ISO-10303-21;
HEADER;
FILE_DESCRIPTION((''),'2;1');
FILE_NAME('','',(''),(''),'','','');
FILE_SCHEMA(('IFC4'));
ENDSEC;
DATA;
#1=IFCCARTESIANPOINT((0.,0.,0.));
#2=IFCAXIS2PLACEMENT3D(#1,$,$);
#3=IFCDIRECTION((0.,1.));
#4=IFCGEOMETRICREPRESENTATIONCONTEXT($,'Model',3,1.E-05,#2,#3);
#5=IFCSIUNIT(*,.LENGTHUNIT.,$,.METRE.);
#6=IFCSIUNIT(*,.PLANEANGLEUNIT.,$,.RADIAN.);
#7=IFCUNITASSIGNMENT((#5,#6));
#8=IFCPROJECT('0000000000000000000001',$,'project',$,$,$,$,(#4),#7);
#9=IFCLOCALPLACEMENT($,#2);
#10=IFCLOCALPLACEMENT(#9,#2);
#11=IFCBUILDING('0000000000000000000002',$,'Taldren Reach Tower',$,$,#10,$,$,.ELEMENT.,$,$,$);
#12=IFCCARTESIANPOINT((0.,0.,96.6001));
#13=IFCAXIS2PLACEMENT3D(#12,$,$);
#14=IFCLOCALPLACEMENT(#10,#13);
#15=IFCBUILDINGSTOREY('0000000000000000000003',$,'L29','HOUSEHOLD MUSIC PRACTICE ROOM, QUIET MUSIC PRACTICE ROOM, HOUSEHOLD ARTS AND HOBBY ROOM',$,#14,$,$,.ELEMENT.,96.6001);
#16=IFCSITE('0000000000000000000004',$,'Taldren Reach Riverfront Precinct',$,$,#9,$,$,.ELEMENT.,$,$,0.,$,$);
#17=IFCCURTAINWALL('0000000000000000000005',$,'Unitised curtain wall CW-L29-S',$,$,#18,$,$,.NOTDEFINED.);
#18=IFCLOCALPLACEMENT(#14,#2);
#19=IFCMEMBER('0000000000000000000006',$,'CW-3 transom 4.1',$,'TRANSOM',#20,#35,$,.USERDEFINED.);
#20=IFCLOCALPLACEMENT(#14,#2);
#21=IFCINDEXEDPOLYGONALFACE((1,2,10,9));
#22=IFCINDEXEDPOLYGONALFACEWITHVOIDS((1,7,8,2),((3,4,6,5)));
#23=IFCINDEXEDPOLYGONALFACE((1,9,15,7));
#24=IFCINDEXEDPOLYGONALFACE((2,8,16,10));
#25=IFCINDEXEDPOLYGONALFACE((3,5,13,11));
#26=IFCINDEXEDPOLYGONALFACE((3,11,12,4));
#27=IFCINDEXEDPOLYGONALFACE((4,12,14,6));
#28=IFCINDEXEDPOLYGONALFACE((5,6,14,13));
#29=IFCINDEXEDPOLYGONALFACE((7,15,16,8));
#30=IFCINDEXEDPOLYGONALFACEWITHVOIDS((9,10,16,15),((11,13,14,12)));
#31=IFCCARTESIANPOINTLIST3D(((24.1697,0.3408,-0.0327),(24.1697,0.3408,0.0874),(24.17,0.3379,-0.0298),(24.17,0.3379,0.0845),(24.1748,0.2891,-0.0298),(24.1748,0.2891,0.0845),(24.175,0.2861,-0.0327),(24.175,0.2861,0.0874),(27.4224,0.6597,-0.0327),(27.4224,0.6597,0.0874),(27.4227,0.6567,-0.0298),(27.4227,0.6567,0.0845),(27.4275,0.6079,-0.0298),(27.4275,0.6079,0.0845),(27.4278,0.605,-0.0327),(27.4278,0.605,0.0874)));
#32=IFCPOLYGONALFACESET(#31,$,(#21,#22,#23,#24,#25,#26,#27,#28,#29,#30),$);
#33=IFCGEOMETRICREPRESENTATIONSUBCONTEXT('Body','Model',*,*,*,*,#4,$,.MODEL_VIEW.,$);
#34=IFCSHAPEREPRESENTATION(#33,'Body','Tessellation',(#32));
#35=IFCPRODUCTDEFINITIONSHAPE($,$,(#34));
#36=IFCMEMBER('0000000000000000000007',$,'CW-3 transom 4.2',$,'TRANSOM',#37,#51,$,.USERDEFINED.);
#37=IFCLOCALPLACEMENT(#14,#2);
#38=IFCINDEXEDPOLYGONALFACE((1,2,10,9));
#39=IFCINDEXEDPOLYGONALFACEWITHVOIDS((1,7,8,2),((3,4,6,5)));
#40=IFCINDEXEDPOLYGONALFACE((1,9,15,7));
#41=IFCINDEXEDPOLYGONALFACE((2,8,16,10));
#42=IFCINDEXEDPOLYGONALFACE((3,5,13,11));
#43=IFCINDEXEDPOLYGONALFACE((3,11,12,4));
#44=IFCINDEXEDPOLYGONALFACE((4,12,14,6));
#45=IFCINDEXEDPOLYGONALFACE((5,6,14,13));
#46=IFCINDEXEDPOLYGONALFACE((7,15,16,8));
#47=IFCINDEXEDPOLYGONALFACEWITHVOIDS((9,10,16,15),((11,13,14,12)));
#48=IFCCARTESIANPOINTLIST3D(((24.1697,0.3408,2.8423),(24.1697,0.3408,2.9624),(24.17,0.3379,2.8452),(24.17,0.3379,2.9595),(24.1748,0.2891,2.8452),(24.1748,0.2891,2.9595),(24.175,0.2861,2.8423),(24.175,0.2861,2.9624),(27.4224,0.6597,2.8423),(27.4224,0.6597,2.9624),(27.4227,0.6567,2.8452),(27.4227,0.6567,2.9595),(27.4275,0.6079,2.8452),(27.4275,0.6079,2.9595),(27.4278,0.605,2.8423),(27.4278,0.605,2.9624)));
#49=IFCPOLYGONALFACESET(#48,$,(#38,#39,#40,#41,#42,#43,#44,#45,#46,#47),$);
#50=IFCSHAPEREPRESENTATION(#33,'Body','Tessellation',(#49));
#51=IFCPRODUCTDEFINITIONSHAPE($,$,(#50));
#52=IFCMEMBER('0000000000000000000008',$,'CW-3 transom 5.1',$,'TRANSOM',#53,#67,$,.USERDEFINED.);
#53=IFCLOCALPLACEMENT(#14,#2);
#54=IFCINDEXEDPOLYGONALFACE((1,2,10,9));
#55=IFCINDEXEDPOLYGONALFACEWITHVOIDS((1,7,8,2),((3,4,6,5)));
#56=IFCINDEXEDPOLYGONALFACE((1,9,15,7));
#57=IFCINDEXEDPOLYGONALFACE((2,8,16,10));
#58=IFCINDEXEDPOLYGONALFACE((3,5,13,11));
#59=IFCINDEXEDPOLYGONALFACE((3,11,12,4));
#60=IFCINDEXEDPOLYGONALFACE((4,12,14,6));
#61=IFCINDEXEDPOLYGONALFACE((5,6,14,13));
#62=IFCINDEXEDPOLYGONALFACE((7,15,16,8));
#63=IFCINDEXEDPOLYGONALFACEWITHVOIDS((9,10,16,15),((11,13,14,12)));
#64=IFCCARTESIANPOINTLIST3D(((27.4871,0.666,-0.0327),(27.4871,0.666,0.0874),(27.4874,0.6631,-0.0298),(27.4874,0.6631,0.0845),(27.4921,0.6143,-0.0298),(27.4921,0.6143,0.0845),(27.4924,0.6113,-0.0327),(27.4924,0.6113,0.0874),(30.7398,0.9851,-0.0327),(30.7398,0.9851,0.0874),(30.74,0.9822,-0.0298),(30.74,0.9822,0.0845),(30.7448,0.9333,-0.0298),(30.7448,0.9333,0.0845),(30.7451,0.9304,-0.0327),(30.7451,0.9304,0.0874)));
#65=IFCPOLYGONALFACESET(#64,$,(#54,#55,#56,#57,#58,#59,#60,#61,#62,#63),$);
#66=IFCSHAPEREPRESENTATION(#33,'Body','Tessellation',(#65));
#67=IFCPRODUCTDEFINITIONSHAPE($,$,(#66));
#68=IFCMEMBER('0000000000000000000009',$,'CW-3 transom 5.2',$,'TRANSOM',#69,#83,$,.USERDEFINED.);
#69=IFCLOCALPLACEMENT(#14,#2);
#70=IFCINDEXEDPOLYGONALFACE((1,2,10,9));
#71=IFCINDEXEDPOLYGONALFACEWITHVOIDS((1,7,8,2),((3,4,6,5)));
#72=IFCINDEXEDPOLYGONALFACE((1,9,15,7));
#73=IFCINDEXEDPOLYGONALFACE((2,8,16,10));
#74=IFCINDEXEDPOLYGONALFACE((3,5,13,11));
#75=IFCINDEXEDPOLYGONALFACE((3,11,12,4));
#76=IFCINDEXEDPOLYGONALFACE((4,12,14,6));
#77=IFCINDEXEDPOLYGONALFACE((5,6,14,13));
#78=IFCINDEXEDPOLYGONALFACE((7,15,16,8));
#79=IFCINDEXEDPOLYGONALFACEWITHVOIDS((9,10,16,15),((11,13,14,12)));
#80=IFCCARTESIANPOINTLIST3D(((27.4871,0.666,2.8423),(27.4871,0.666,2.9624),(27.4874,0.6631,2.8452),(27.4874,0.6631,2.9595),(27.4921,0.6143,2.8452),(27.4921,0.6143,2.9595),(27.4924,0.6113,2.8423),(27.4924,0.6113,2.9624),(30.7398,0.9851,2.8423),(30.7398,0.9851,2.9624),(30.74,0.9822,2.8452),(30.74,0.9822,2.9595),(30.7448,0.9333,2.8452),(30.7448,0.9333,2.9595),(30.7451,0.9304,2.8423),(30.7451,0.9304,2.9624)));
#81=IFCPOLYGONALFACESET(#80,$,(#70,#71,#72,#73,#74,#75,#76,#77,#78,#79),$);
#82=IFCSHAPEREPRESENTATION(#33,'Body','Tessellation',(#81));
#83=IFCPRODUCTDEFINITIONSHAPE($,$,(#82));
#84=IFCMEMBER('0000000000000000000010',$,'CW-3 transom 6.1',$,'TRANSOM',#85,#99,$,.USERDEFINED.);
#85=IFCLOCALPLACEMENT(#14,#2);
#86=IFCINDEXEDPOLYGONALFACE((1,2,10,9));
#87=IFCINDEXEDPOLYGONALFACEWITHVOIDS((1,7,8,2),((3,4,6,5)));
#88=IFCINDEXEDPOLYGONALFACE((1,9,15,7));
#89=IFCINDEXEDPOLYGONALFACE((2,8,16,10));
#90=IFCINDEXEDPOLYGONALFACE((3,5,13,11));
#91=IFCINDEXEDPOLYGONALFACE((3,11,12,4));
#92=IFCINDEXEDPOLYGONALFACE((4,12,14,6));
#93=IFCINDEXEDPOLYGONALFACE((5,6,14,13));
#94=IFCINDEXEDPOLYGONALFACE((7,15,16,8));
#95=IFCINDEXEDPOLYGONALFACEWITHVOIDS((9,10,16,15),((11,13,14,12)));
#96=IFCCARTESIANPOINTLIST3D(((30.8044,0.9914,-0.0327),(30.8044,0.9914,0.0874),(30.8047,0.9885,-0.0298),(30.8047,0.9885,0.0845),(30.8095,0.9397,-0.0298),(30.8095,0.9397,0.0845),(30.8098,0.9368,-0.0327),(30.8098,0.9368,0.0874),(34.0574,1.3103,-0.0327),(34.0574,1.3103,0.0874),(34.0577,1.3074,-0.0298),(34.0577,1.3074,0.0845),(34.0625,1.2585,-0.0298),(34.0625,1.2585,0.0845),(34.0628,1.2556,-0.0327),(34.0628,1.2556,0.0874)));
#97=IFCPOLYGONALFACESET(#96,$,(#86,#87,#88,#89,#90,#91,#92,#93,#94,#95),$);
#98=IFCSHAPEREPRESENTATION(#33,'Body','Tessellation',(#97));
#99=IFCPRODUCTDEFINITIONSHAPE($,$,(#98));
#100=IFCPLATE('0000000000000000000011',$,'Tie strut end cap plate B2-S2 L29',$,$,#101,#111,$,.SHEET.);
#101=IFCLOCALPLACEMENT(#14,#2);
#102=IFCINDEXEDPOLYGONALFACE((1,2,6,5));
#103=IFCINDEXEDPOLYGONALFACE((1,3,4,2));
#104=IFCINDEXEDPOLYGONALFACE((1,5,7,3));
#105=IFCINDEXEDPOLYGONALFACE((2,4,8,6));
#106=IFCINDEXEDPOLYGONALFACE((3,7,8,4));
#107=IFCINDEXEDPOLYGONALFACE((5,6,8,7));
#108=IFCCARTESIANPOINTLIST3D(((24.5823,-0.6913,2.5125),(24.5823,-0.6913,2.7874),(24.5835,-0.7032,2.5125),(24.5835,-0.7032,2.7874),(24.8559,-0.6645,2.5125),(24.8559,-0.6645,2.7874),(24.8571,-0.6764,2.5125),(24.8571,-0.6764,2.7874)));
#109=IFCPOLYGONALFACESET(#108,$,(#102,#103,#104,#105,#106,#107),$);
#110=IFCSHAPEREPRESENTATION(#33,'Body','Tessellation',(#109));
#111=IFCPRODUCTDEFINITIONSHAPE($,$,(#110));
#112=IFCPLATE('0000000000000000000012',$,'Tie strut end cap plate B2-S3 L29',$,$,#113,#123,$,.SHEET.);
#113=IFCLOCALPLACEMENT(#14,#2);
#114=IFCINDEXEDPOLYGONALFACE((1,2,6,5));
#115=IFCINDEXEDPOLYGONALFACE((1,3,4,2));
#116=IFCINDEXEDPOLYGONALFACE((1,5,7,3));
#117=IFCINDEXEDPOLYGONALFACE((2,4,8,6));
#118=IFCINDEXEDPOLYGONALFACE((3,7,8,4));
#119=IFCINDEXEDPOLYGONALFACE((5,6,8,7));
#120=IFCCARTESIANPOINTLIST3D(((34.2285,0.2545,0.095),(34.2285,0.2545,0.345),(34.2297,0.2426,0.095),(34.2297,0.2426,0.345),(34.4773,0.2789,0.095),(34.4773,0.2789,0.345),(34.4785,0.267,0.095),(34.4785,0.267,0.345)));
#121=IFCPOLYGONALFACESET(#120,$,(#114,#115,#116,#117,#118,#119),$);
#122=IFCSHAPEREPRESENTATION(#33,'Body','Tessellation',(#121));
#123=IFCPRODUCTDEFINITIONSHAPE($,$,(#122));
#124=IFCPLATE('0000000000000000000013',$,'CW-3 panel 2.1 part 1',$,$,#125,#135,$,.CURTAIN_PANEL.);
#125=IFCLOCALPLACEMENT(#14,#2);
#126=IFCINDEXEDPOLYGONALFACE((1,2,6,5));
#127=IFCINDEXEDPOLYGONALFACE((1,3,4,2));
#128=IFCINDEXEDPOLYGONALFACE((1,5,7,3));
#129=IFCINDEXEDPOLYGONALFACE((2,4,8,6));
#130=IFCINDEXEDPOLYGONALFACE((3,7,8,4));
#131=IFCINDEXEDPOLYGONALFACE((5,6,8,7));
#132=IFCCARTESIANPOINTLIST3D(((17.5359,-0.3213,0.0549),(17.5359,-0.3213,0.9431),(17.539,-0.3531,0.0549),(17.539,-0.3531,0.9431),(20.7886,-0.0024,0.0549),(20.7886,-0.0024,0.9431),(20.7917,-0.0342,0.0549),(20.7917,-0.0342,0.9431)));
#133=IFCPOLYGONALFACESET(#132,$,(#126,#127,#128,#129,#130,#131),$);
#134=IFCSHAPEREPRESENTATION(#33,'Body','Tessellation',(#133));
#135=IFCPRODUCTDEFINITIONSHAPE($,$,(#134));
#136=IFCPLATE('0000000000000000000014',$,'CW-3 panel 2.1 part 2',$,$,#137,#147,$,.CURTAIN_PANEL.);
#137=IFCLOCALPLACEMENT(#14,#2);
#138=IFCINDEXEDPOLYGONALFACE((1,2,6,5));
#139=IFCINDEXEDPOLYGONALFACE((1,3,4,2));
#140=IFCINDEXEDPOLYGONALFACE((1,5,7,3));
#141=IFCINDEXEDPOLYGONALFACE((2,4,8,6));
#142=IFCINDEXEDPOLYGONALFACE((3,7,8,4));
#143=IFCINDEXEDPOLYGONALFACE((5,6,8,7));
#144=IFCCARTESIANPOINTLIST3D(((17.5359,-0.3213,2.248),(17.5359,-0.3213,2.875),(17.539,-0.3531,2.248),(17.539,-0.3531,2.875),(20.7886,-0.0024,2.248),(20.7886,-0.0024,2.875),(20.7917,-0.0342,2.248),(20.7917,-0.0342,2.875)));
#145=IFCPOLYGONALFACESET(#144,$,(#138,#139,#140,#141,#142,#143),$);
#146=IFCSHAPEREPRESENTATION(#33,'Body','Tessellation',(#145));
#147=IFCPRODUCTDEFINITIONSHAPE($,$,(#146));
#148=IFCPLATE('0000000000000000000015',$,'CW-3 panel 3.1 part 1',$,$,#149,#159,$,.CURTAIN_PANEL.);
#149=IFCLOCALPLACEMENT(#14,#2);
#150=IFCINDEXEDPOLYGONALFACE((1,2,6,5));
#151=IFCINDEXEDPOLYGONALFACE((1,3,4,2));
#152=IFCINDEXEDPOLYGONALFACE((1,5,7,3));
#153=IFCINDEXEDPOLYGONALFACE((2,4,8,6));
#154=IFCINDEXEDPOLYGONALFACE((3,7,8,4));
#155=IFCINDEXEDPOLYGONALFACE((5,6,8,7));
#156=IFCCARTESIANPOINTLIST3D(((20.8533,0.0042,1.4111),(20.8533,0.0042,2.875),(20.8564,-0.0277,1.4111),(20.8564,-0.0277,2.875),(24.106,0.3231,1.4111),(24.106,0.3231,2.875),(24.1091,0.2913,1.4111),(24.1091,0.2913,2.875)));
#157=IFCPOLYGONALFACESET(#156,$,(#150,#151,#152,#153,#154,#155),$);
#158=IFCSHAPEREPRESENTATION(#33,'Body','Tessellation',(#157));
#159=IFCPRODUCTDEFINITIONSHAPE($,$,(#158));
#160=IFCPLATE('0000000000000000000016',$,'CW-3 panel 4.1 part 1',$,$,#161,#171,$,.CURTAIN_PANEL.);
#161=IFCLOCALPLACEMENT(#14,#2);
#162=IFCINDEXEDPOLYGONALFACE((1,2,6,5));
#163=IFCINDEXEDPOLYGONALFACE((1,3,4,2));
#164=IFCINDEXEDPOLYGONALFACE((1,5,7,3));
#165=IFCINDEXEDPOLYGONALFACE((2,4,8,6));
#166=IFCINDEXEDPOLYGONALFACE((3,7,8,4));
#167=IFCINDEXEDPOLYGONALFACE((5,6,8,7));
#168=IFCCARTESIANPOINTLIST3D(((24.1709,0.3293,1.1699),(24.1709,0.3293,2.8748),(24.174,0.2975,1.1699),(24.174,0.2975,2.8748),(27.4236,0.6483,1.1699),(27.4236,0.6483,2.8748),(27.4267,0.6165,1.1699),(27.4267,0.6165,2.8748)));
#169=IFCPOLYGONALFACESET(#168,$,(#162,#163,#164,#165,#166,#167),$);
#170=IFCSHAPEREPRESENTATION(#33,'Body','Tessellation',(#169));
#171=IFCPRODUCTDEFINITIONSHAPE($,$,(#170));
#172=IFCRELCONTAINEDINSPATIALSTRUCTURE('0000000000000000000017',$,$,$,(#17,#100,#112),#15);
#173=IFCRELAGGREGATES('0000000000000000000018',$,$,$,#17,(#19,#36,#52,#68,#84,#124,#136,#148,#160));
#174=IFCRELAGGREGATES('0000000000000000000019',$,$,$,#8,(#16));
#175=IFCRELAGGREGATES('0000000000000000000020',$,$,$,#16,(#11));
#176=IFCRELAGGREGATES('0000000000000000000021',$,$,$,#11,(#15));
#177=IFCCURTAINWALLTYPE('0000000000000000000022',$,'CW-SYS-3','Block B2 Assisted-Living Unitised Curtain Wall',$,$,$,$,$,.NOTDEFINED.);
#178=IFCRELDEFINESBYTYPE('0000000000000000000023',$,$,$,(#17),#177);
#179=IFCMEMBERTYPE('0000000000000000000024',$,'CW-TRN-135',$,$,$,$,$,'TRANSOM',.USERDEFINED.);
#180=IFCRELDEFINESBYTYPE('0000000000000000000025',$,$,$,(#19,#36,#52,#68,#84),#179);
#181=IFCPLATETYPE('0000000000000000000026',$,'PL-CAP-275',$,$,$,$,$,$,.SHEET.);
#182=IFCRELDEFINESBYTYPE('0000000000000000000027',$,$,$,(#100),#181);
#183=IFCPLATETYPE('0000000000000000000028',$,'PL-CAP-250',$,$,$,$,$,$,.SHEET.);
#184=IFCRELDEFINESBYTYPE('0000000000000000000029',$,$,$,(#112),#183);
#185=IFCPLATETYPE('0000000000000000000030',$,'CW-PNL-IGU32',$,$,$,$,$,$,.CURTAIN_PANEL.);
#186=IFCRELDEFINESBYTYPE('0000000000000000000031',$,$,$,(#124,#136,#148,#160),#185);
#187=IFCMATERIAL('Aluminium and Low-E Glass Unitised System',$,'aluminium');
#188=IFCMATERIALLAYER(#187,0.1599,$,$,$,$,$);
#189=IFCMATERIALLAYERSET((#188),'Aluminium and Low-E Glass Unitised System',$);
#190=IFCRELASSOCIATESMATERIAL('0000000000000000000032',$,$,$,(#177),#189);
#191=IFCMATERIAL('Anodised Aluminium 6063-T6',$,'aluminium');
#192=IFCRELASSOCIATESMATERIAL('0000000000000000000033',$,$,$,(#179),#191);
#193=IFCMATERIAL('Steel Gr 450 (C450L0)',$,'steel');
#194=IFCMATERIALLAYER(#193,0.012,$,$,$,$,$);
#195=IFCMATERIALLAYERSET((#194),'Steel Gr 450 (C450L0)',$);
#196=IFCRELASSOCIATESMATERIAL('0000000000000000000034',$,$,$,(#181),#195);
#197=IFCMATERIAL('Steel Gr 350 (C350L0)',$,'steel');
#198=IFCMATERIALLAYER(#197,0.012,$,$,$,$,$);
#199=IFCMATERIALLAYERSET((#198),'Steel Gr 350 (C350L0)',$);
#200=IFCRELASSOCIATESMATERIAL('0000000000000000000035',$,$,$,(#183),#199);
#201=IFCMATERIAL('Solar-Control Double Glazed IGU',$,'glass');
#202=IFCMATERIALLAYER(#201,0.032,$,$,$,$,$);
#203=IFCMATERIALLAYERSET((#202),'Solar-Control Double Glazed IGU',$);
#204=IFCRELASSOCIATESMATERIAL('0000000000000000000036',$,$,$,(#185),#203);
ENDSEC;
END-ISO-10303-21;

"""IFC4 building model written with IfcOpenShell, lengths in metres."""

from ifc_helpers import new_model, si_unit, direction, frame, origin, origin_2d, place, context, subcontext, project, spatial, rectangle, hollow_rectangle, extrude, source, transform, mapped, material, layer, layer_set, material_profile, profile_set, type_object, element, aggregate, save


model = new_model("IFC4")

# Units and contexts
model_context = context("Model", 3, precision=1e-05, world=origin(), true_north=direction((0.0, 1.0)))
body_context = subcontext(model_context, "Body", "Model", "MODEL_VIEW")
ifc_project = project(units=[si_unit("LENGTHUNIT", "METRE"), si_unit("PLANEANGLEUNIT", "RADIAN")], contexts=[model_context])

# Site, building, storey
site_placement = place(None, origin())
site = spatial("IfcSite", under=ifc_project, at=site_placement, Name="Taldren Reach Riverfront Precinct", CompositionType="ELEMENT", RefElevation=0.0)
building_placement = place(site_placement, origin())
building = spatial("IfcBuilding", under=site, at=building_placement, Name="Taldren Reach Tower", CompositionType="ELEMENT")
storey_placement = place(building_placement, frame((0.0, 0.0, 96.6001)))
storey = spatial("IfcBuildingStorey", under=building, at=storey_placement, Name="L29", Description="HOUSEHOLD MUSIC PRACTICE ROOM, QUIET MUSIC PRACTICE ROOM, HOUSEHOLD ARTS AND HOBBY ROOM", CompositionType="ELEMENT", Elevation=96.6001)

# Shared definitions
ifc_material_1 = material(Name="Steel Gr 450 (C450L0)", Category="steel")
ifc_material_2 = material(Name="Steel Gr 350 (C350L0)", Category="steel")

# Curtain wall, members
ifc_material_3 = material(Name="Aluminium and Low-E Glass Unitised System", Category="aluminium")
ifc_layer_1 = layer(ifc_material_3, 0.1599)
ifc_layer_set_1 = layer_set([ifc_layer_1], Name="Aluminium and Low-E Glass Unitised System")
curtain_wall_type = type_object("IfcCurtainWallType", Name="CW-SYS-3", Description="Block B2 Assisted-Living Unitised Curtain Wall", PredefinedType="NOTDEFINED", material=ifc_layer_set_1)
curtain_wall_placement = place(storey_placement, origin())
curtain_wall = element("IfcCurtainWall", 1, at=curtain_wall_placement, inside=storey, type_object=curtain_wall_type, Name="Unitised curtain wall CW-L29-S", PredefinedType="NOTDEFINED")
ifc_material_4 = material(Name="Anodised Aluminium 6063-T6", Category="aluminium")
ifc_material_profile_1 = material_profile(ifc_material_4, hollow_rectangle(XDim=0.0549, YDim=0.1201, WallThickness=0.0029, at=origin_2d()), Name="ALU-120x55x3RHS")
ifc_profile_set_1 = profile_set([ifc_material_profile_1], Name="Anodised Aluminium 6063-T6")
member_type_1 = type_object("IfcMemberType", Name="CW-TRN-135", ElementType="TRANSOM", PredefinedType="USERDEFINED", material=ifc_profile_set_1)
shared_shape_1 = source(origin(), body_context, "Body", "SweptSolid", [
    extrude(hollow_rectangle(XDim=0.0549, YDim=0.1201, WallThickness=0.0029, at=origin_2d()), origin(), (0.0, 0.0, 1.0), 3.2683),
])
member_1_placement = place(storey_placement, frame((24.1724, 0.3135, 0.0273), z_axis=(0.99523, 0.097558, 0.0), x_axis=(-0.097558, 0.99523, 0.0)))
member_1 = element("IfcMember", 2, at=member_1_placement, type_object=member_type_1, Name="CW-3 transom 4.1", ObjectType="TRANSOM", PredefinedType="USERDEFINED", context=body_context, shape_type="MappedRepresentation", body=[
    mapped(shared_shape_1, transform((0.0, 0.0, 0.0), scale=1.0)),
])
member_2_placement = place(storey_placement, frame((24.1724, 0.3135, 2.9023), z_axis=(0.99523, 0.097558, 0.0), x_axis=(-0.097558, 0.99523, 0.0)))
member_2 = element("IfcMember", 3, at=member_2_placement, type_object=member_type_1, Name="CW-3 transom 4.2", ObjectType="TRANSOM", PredefinedType="USERDEFINED", context=body_context, shape_type="MappedRepresentation", body=[
    mapped(shared_shape_1, transform((0.0, 0.0, 0.0), scale=1.0)),
])
member_3_placement = place(storey_placement, frame((27.4897, 0.6387, 0.0273), z_axis=(0.995223, 0.097632, 0.0), x_axis=(-0.097632, 0.995223, 0.0)))
member_3 = element("IfcMember", 4, at=member_3_placement, type_object=member_type_1, Name="CW-3 transom 5.1", ObjectType="TRANSOM", PredefinedType="USERDEFINED", context=body_context, shape_type="MappedRepresentation", body=[
    mapped(shared_shape_1, transform((0.0, 0.0, 0.0), scale=1.0)),
])
member_4_placement = place(storey_placement, frame((27.4897, 0.6387, 2.9023), z_axis=(0.995223, 0.097632, 0.0), x_axis=(-0.097632, 0.995223, 0.0)))
member_4 = element("IfcMember", 5, at=member_4_placement, type_object=member_type_1, Name="CW-3 transom 5.2", ObjectType="TRANSOM", PredefinedType="USERDEFINED", context=body_context, shape_type="MappedRepresentation", body=[
    mapped(shared_shape_1, transform((0.0, 0.0, 0.0), scale=1.0)),
])
shared_shape_2 = source(origin(), body_context, "Body", "SweptSolid", [
    extrude(hollow_rectangle(XDim=0.0549, YDim=0.1201, WallThickness=0.0029, at=origin_2d()), origin(), (0.0, 0.0, 1.0), 3.2686),
])
member_5_placement = place(storey_placement, frame((30.8071, 0.9641, 0.0273), z_axis=(0.995231, 0.097551, 0.0), x_axis=(-0.097551, 0.995231, 0.0)))
member_5 = element("IfcMember", 6, at=member_5_placement, type_object=member_type_1, Name="CW-3 transom 6.1", ObjectType="TRANSOM", PredefinedType="USERDEFINED", context=body_context, shape_type="MappedRepresentation", body=[
    mapped(shared_shape_2, transform((0.0, 0.0, 0.0), scale=1.0)),
])

# Plates
ifc_layer_2 = layer(ifc_material_1, 0.012)
ifc_layer_set_2 = layer_set([ifc_layer_2], Name="Steel Gr 450 (C450L0)")
plate_type_1 = type_object("IfcPlateType", Name="PL-CAP-275", PredefinedType="SHEET", material=ifc_layer_set_2)
shared_shape_3 = source(origin(), body_context, "Body", "SweptSolid", [
    extrude(rectangle(XDim=0.2749, YDim=0.012, at=origin_2d()), origin(), (0.0, 0.0, 1.0), 0.2749),
])
plate_1_placement = place(storey_placement, frame((24.7197, -0.6838, 2.5125), z_axis=(0.0, 0.0, 1.0), x_axis=(0.995227, 0.097583, 0.0)))
element("IfcPlate", 7, at=plate_1_placement, inside=storey, type_object=plate_type_1, Name="Tie strut end cap plate B2-S2 L29", PredefinedType="SHEET", context=body_context, shape_type="MappedRepresentation", body=[
    mapped(shared_shape_3, transform((0.0, 0.0, 0.0), scale=1.0)),
])
ifc_layer_3 = layer(ifc_material_2, 0.012)
ifc_layer_set_3 = layer_set([ifc_layer_3], Name="Steel Gr 350 (C350L0)")
plate_type_2 = type_object("IfcPlateType", Name="PL-CAP-250", PredefinedType="SHEET", material=ifc_layer_set_3)
shared_shape_4 = source(origin(), body_context, "Body", "SweptSolid", [
    extrude(rectangle(XDim=0.25, YDim=0.012, at=origin_2d()), origin(), (0.0, 0.0, 1.0), 0.25),
])
plate_2_placement = place(storey_placement, frame((34.3535, 0.2607, 0.095), z_axis=(0.0, 0.0, 1.0), x_axis=(0.995227, 0.097583, 0.0)))
element("IfcPlate", 8, at=plate_2_placement, inside=storey, type_object=plate_type_2, Name="Tie strut end cap plate B2-S3 L29", PredefinedType="SHEET", context=body_context, shape_type="MappedRepresentation", body=[
    mapped(shared_shape_4, transform((0.0, 0.0, 0.0), scale=1.0)),
])

# Plates
ifc_material_5 = material(Name="Solar-Control Double Glazed IGU", Category="glass")
ifc_layer_4 = layer(ifc_material_5, 0.032)
ifc_layer_set_4 = layer_set([ifc_layer_4], Name="Solar-Control Double Glazed IGU")
plate_type_3 = type_object("IfcPlateType", Name="CW-PNL-IGU32", PredefinedType="CURTAIN_PANEL", material=ifc_layer_set_4)
shared_shape_5 = source(origin(), body_context, "Body", "SweptSolid", [
    extrude(rectangle(XDim=3.2683, YDim=0.032, at=origin_2d()), origin(), (0.0, 0.0, 1.0), 0.8882),
])
plate_3_placement = place(storey_placement, frame((19.1638, -0.1777, 0.0549), z_axis=(0.0, 0.0, 1.0), x_axis=(0.995227, 0.097583, 0.0)))
plate_3 = element("IfcPlate", 9, at=plate_3_placement, type_object=plate_type_3, Name="CW-3 panel 2.1 part 1", PredefinedType="CURTAIN_PANEL", context=body_context, shape_type="MappedRepresentation", body=[
    mapped(shared_shape_5, transform((0.0, 0.0, 0.0), scale=1.0)),
])
shared_shape_6 = source(origin(), body_context, "Body", "SweptSolid", [
    extrude(rectangle(XDim=3.2683, YDim=0.032, at=origin_2d()), origin(), (0.0, 0.0, 1.0), 0.627),
])
plate_4_placement = place(storey_placement, frame((19.1638, -0.1777, 2.248), z_axis=(0.0, 0.0, 1.0), x_axis=(0.995227, 0.097583, 0.0)))
plate_4 = element("IfcPlate", 10, at=plate_4_placement, type_object=plate_type_3, Name="CW-3 panel 2.1 part 2", PredefinedType="CURTAIN_PANEL", context=body_context, shape_type="MappedRepresentation", body=[
    mapped(shared_shape_6, transform((0.0, 0.0, 0.0), scale=1.0)),
])
shared_shape_7 = source(origin(), body_context, "Body", "SweptSolid", [
    extrude(rectangle(XDim=3.2683, YDim=0.032, at=origin_2d()), origin(), (0.0, 0.0, 1.0), 1.4639),
])
plate_5_placement = place(storey_placement, frame((22.4812, 0.1477, 1.4111), z_axis=(0.0, 0.0, 1.0), x_axis=(0.995227, 0.097583, 0.0)))
plate_5 = element("IfcPlate", 11, at=plate_5_placement, type_object=plate_type_3, Name="CW-3 panel 3.1 part 1", PredefinedType="CURTAIN_PANEL", context=body_context, shape_type="MappedRepresentation", body=[
    mapped(shared_shape_7, transform((0.0, 0.0, 0.0), scale=1.0)),
])
shared_shape_8 = source(origin(), body_context, "Body", "SweptSolid", [
    extrude(rectangle(XDim=3.2683, YDim=0.032, at=origin_2d()), origin(), (0.0, 0.0, 1.0), 1.7048),
])
plate_6_placement = place(storey_placement, frame((25.7988, 0.4729, 1.1699), z_axis=(0.0, 0.0, 1.0), x_axis=(0.995227, 0.097583, 0.0)))
plate_6 = element("IfcPlate", 12, at=plate_6_placement, type_object=plate_type_3, Name="CW-3 panel 4.1 part 1", PredefinedType="CURTAIN_PANEL", context=body_context, shape_type="MappedRepresentation", body=[
    mapped(shared_shape_8, transform((0.0, 0.0, 0.0), scale=1.0)),
])
aggregate(curtain_wall, [member_1, member_2, member_3, member_4, member_5, plate_3, plate_4, plate_5, plate_6])

save(model, "model.ifc")
